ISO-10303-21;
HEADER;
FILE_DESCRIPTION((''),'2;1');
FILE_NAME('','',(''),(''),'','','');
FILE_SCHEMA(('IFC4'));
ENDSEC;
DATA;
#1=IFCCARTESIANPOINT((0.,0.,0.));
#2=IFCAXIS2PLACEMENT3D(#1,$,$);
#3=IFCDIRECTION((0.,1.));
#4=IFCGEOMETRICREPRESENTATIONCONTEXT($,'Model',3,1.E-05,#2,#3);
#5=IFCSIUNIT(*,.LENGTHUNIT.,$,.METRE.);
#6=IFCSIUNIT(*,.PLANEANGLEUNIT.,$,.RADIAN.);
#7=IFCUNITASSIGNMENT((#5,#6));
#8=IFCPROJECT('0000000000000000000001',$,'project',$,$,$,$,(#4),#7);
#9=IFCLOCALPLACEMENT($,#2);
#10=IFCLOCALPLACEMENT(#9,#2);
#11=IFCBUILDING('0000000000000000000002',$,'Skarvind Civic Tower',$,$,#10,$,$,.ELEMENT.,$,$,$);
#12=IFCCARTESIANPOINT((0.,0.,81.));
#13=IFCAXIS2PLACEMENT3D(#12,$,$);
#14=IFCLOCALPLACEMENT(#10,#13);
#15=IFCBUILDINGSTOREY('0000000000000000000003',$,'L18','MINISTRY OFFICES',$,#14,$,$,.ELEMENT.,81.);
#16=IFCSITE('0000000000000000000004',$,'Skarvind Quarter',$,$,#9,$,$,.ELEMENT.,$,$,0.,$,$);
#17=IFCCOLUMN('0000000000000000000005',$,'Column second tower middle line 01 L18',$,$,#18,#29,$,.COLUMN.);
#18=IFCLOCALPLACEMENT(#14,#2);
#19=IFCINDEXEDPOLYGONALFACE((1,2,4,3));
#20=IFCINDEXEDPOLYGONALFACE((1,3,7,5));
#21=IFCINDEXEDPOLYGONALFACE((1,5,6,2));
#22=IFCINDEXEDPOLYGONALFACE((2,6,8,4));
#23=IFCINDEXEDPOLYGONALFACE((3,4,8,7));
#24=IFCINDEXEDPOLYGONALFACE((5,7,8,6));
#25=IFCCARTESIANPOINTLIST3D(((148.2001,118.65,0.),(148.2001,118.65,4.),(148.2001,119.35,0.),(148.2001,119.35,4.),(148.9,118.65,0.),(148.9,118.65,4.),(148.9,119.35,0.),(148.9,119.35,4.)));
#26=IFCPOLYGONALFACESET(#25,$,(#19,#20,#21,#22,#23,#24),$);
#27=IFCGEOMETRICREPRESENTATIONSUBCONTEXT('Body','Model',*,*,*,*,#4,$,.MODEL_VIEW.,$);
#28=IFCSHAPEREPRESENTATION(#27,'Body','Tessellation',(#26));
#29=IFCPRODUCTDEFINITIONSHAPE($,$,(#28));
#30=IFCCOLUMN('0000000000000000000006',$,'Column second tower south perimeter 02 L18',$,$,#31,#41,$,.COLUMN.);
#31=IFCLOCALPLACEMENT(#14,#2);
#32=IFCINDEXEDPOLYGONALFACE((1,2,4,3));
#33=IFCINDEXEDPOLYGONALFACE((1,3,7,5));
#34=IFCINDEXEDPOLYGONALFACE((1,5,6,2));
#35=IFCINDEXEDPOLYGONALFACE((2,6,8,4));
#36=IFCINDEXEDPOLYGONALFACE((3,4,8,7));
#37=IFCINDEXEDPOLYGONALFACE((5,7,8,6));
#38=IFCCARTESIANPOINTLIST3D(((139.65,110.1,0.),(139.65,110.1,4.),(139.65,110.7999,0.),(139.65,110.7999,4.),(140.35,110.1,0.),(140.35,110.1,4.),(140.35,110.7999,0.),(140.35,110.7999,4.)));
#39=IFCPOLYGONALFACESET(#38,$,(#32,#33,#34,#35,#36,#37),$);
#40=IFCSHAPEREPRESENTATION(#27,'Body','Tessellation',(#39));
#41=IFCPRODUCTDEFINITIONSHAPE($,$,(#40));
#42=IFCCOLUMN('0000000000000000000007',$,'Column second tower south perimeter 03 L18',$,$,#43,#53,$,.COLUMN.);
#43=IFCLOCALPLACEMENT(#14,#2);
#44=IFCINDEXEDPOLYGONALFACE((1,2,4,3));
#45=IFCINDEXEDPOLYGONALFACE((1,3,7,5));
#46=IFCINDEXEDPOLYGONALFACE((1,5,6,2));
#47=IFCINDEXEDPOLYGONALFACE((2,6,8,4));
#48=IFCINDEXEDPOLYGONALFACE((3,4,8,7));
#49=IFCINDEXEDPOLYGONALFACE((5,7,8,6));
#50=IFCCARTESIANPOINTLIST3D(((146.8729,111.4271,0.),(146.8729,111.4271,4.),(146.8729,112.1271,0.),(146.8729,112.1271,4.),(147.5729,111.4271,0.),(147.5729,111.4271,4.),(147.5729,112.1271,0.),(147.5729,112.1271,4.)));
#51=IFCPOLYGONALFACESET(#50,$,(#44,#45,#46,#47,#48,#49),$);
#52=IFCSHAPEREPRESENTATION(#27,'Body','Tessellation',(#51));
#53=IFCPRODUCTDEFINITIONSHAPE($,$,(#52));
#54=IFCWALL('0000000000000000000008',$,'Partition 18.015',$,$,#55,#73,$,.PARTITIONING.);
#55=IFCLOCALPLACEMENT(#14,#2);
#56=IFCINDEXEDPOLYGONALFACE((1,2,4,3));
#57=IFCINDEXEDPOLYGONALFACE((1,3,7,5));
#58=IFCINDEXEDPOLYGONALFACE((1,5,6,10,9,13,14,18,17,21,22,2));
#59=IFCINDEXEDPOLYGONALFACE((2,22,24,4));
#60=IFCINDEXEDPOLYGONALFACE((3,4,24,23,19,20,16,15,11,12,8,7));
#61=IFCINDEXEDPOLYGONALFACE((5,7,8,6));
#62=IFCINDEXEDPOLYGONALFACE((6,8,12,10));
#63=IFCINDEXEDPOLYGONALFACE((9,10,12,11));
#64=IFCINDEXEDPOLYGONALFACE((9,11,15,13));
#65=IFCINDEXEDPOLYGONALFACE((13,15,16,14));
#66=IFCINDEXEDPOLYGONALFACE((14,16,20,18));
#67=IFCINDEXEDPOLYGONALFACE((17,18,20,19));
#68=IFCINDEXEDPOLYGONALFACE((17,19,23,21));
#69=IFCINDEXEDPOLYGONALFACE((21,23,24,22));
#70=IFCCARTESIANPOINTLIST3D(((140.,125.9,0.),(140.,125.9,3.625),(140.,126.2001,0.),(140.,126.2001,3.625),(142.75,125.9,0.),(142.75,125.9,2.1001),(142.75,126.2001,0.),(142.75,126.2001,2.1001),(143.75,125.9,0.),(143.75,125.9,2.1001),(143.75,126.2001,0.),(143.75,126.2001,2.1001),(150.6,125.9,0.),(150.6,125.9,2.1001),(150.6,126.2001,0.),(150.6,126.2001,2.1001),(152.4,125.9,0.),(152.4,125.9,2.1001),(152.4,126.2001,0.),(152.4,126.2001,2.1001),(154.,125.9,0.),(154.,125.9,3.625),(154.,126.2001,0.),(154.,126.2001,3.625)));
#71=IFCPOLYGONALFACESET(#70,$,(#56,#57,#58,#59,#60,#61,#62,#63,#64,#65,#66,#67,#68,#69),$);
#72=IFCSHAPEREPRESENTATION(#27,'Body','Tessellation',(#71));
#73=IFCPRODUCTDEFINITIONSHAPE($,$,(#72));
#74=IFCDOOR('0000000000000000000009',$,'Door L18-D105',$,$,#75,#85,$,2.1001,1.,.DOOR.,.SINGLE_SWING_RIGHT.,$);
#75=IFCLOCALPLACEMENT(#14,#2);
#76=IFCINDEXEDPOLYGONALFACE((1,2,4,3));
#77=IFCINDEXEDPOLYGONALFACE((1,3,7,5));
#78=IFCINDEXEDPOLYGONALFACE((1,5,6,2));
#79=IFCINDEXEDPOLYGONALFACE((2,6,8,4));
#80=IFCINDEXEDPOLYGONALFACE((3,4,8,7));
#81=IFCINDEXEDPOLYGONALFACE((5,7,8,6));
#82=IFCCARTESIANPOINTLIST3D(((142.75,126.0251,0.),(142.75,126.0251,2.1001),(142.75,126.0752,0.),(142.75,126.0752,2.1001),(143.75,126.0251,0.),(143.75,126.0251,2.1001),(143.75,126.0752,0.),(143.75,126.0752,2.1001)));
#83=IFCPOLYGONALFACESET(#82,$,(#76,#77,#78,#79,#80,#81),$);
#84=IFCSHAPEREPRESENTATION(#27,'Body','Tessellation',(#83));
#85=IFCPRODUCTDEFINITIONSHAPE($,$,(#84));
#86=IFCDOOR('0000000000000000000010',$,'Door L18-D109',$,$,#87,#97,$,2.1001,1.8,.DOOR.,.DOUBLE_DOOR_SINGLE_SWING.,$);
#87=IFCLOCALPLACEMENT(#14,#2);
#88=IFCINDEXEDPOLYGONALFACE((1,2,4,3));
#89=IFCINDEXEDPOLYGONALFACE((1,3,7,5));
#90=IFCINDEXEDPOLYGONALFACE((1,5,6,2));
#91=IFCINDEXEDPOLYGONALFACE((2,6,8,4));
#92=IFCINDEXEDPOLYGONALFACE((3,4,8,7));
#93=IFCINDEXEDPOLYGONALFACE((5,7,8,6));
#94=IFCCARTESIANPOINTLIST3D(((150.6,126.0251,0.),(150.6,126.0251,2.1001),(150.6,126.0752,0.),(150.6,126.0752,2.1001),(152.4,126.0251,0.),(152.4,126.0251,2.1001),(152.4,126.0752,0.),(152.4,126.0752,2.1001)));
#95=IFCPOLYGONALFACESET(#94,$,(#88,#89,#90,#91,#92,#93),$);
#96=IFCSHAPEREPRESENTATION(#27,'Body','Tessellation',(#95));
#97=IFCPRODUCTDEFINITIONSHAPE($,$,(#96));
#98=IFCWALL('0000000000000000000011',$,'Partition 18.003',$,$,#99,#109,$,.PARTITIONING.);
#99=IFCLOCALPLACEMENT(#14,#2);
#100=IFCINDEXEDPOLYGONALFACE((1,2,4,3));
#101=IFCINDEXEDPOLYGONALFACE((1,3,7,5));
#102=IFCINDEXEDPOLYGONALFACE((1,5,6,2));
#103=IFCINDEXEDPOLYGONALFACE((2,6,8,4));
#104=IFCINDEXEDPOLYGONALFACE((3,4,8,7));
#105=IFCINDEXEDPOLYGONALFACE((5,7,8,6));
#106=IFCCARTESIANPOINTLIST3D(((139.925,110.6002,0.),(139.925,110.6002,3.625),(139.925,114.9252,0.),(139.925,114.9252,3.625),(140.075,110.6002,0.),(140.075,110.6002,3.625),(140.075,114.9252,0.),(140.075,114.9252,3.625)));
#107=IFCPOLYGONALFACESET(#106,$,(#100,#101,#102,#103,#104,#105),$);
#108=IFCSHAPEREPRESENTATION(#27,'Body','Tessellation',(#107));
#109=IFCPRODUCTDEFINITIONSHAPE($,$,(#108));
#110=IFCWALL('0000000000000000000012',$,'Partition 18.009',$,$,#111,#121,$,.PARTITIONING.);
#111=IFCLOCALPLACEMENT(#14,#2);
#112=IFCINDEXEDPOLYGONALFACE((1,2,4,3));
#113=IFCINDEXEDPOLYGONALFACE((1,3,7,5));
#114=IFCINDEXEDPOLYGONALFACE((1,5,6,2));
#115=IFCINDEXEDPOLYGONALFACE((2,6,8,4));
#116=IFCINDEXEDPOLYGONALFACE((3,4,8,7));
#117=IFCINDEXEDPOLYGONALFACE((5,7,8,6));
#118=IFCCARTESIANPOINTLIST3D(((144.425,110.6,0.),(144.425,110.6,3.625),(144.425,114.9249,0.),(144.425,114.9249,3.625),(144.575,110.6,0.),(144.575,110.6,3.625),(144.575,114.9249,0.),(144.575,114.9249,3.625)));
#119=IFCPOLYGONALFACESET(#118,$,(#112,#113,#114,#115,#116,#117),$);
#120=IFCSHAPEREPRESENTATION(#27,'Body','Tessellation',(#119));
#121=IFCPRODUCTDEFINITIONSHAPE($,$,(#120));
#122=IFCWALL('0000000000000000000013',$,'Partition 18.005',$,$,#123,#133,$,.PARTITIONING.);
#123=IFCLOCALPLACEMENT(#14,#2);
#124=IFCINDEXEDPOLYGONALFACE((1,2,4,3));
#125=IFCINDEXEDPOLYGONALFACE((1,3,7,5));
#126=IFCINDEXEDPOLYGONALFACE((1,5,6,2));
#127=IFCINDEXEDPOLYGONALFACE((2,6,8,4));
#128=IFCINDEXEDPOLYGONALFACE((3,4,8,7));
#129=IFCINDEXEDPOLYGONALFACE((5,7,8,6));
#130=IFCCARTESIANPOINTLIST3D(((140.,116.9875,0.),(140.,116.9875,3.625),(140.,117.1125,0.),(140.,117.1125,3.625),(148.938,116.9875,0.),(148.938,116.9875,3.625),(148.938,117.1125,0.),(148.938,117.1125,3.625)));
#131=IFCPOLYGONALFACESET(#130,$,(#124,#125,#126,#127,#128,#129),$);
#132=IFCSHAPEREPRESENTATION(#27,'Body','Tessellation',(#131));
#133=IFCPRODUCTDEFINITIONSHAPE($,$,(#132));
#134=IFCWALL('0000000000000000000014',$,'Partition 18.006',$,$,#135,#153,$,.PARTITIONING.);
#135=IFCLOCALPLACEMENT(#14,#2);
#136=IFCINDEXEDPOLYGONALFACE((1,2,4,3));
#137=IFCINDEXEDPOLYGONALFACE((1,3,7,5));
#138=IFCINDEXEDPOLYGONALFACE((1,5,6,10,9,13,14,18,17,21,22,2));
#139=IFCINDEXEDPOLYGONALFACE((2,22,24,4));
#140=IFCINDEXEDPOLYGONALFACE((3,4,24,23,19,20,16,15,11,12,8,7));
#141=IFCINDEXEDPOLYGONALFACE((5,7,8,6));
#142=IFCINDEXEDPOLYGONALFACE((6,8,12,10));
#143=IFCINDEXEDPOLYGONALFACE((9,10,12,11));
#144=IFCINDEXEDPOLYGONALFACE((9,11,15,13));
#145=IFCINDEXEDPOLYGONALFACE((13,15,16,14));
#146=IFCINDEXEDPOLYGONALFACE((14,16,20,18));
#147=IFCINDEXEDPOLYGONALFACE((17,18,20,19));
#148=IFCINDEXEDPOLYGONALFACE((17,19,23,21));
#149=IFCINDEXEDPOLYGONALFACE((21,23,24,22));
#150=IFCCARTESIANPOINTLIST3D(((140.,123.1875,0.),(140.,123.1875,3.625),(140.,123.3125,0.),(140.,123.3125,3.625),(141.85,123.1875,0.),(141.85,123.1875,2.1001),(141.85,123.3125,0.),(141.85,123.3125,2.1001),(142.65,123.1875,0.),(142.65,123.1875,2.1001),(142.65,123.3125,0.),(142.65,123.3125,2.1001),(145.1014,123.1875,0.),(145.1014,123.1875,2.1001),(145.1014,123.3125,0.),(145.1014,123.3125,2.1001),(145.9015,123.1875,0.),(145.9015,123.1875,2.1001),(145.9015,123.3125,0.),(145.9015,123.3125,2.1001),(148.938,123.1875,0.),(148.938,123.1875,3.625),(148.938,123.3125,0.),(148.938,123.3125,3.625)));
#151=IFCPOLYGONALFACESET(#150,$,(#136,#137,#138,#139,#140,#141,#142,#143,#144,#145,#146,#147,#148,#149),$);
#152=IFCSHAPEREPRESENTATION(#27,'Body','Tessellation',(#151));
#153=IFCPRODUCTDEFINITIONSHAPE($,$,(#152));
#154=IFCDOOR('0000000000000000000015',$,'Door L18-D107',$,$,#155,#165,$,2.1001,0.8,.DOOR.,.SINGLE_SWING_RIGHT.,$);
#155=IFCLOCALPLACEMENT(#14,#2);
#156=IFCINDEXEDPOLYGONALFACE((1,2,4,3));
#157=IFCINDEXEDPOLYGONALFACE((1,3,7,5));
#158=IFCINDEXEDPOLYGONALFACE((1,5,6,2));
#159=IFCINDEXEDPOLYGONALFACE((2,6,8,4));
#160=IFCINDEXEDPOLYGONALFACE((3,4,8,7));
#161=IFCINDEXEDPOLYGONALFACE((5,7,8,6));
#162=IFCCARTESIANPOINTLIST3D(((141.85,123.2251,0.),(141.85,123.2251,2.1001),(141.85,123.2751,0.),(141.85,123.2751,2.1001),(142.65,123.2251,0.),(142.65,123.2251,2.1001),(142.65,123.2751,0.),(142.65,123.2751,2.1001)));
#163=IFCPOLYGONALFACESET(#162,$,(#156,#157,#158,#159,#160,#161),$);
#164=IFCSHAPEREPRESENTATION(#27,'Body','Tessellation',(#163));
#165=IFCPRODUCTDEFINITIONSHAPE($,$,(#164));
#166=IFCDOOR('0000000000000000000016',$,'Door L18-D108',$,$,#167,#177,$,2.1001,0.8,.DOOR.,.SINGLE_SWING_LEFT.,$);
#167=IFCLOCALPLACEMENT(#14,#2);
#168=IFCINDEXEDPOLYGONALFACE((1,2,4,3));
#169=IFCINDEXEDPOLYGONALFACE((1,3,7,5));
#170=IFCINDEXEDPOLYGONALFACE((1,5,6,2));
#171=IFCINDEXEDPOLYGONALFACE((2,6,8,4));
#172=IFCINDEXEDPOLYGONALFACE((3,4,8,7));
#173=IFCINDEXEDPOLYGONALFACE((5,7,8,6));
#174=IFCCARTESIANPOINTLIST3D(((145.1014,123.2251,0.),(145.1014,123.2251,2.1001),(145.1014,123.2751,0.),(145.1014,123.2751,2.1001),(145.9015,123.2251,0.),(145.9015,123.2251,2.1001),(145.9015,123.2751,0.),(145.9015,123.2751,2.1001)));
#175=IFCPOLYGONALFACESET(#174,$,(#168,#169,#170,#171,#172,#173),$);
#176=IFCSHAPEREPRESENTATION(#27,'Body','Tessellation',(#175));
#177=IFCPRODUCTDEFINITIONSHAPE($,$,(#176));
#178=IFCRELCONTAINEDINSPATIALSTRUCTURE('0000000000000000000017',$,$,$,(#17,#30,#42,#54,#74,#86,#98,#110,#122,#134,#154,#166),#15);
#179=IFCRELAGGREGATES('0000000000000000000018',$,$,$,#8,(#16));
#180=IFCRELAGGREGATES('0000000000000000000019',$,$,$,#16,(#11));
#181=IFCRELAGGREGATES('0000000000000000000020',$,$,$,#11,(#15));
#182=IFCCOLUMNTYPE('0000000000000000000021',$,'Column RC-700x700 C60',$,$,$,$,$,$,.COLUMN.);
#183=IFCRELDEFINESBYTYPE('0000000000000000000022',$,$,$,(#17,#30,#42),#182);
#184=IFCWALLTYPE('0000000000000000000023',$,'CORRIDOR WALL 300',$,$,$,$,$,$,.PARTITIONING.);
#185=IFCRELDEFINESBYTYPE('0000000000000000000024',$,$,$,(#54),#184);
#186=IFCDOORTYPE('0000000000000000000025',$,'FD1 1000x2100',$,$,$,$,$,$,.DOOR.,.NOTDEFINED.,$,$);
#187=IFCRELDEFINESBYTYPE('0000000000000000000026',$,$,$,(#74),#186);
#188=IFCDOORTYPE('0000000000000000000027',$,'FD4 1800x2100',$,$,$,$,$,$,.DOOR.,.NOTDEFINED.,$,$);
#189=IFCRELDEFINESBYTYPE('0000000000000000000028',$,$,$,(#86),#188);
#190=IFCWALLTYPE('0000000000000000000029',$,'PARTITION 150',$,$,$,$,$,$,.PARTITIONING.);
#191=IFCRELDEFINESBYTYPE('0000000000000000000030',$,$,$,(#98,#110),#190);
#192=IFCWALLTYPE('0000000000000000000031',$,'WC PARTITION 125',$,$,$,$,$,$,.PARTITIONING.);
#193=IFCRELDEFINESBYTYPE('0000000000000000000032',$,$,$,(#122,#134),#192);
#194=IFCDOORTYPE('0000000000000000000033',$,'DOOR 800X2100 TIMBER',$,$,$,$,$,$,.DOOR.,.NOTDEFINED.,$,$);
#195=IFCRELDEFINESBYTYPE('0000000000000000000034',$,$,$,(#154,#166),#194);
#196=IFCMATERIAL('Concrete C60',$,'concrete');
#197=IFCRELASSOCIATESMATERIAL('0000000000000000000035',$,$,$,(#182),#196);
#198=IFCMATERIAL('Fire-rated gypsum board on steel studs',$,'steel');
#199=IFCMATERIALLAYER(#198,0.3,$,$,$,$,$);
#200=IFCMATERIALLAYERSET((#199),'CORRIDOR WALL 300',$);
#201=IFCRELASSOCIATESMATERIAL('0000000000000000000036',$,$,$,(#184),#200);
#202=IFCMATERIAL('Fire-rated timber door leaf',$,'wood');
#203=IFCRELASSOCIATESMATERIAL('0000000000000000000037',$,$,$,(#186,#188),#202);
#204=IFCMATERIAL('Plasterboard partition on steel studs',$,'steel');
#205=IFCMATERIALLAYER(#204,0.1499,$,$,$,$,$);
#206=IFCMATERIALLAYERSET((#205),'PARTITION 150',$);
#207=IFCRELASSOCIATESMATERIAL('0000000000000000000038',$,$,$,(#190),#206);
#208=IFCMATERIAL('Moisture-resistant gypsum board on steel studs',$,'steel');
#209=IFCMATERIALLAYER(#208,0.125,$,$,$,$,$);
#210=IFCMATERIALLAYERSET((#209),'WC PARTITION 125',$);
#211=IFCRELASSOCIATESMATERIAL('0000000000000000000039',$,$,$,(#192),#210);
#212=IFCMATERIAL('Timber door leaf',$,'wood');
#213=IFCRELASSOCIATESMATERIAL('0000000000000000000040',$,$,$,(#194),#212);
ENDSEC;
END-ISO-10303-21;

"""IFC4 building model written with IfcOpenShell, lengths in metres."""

from ifc_helpers import new_model, si_unit, direction, frame, frame_2d, origin, origin_2d, place, context, subcontext, project, spatial, rectangle, extrude, material, layer, layer_set, material_profile, profile_set, type_object, element, fill, save


model = new_model("IFC4")

# Units and contexts
model_context = context("Model", 3, precision=1e-05, world=origin(), true_north=direction((0.0, 1.0)))
body_context = subcontext(model_context, "Body", "Model", "MODEL_VIEW")
ifc_project = project(units=[si_unit("LENGTHUNIT", "METRE"), si_unit("PLANEANGLEUNIT", "RADIAN")], contexts=[model_context])

# Site, building, storey
site_placement = place(None, origin())
site = spatial("IfcSite", under=ifc_project, at=site_placement, Name="Skarvind Quarter", CompositionType="ELEMENT", RefElevation=0.0)
building_placement = place(site_placement, origin())
building = spatial("IfcBuilding", under=site, at=building_placement, Name="Skarvind Civic Tower", CompositionType="ELEMENT")
storey_placement = place(building_placement, frame((0.0, 0.0, 81.0)))
storey = spatial("IfcBuildingStorey", under=building, at=storey_placement, Name="L18", Description="MINISTRY OFFICES", CompositionType="ELEMENT", Elevation=81.0)

# Columns
ifc_material_1 = material(Name="Concrete C60", Category="concrete")
ifc_material_profile = material_profile(ifc_material_1, rectangle(XDim=0.7, YDim=0.7, at=origin_2d()), Name="RC-700x700")
ifc_profile_set = profile_set([ifc_material_profile], Name="Concrete C60")
column_type = type_object("IfcColumnType", Name="Column RC-700x700 C60", PredefinedType="COLUMN", material=ifc_profile_set)
for number, where, z_axis, x_axis, name in (
    (1, (148.55, 119.0, 0.0), (0.0, 0.0, 1.0), (1.0, 0.0, 0.0), "Column second tower middle line 01 L18"),
    (2, (140.0, 110.45, 0.0), (0.0, 0.0, 1.0), (1.0, 0.0, 0.0), "Column second tower south perimeter 02 L18"),
    (3, (147.2229, 111.7771, 0.0), (0.0, 0.0, 1.0), (1.0, 0.0, 0.0), "Column second tower south perimeter 03 L18"),
):
    element("IfcColumn", number, at=place(storey_placement, frame(where, z_axis=z_axis, x_axis=x_axis)), inside=storey, type_object=column_type, Name=name, PredefinedType="COLUMN", context=body_context, shape_type="SweptSolid", body=[
        extrude(rectangle(XDim=0.7, YDim=0.7, at=origin_2d()), origin(), (0.0, 0.0, 1.0), 4.0),
    ])

# Wall, openings, doors
ifc_material_2 = material(Name="Fire-rated gypsum board on steel studs", Category="steel")
ifc_layer_1 = layer(ifc_material_2, 0.3)
ifc_layer_set_1 = layer_set([ifc_layer_1], Name="CORRIDOR WALL 300")
wall_type_1 = type_object("IfcWallType", Name="CORRIDOR WALL 300", PredefinedType="PARTITIONING", material=ifc_layer_set_1)
wall_1_placement = place(storey_placement, frame((154.0, 126.05, 0.0), z_axis=(0.0, 0.0, 1.0), x_axis=(-1.0, 0.0, 0.0)))
wall_1 = element("IfcWall", 4, at=wall_1_placement, inside=storey, type_object=wall_type_1, Name="Partition 18.015", PredefinedType="PARTITIONING", context=body_context, shape_type="SweptSolid", body=[
    extrude(rectangle(XDim=14.0, YDim=0.3, at=frame_2d((7.0, 0.0))), origin(), (0.0, 0.0, 1.0), 3.625),
])
opening_1_placement = place(wall_1_placement, frame((10.25, 0.0, 0.0)))
opening_1 = element("IfcOpeningElement", 5, at=opening_1_placement, cuts=wall_1, PredefinedType="OPENING", context=body_context, shape_type="SweptSolid", body=[
    extrude(rectangle(XDim=1.0, YDim=2.1001, at=frame_2d((0.5, 1.05))), frame((0.0, 0.1599, 0.0), z_axis=(0.0, -1.0, 0.0), x_axis=(1.0, 0.0, 0.0)), (0.0, 0.0, 1.0), 0.3201),
])
opening_2_placement = place(wall_1_placement, frame((1.6001, 0.0, 0.0)))
opening_2 = element("IfcOpeningElement", 6, at=opening_2_placement, cuts=wall_1, PredefinedType="OPENING", context=body_context, shape_type="SweptSolid", body=[
    extrude(rectangle(XDim=1.8, YDim=2.1001, at=frame_2d((0.8999, 1.05))), frame((0.0, 0.1599, 0.0), z_axis=(0.0, -1.0, 0.0), x_axis=(1.0, 0.0, 0.0)), (0.0, 0.0, 1.0), 0.3201),
])
ifc_material_3 = material(Name="Fire-rated timber door leaf", Category="wood")
door_type_1 = type_object("IfcDoorType", Name="FD1 1000x2100", OperationType="NOTDEFINED", PredefinedType="DOOR", material=ifc_material_3)
door_1_placement = place(opening_1_placement, origin())
door_1 = element("IfcDoor", 7, at=door_1_placement, inside=storey, type_object=door_type_1, Name="Door L18-D105", OperationType="SINGLE_SWING_RIGHT", OverallHeight=2.1001, OverallWidth=1.0, PredefinedType="DOOR", context=body_context, shape_type="SweptSolid", body=[
    extrude(rectangle(XDim=1.0, YDim=2.1001, at=frame_2d((0.5, 1.05))), frame((0.0, 0.0249, 0.0), z_axis=(0.0, -1.0, 0.0), x_axis=(1.0, 0.0, 0.0)), (0.0, 0.0, 1.0), 0.05),
])
fill(opening_1, door_1)
door_type_2 = type_object("IfcDoorType", Name="FD4 1800x2100", OperationType="NOTDEFINED", PredefinedType="DOOR", material=ifc_material_3)
door_2_placement = place(opening_2_placement, origin())
door_2 = element("IfcDoor", 8, at=door_2_placement, inside=storey, type_object=door_type_2, Name="Door L18-D109", OperationType="DOUBLE_DOOR_SINGLE_SWING", OverallHeight=2.1001, OverallWidth=1.8, PredefinedType="DOOR", context=body_context, shape_type="SweptSolid", body=[
    extrude(rectangle(XDim=1.8, YDim=2.1001, at=frame_2d((0.8999, 1.05))), frame((0.0, 0.0249, 0.0), z_axis=(0.0, -1.0, 0.0), x_axis=(1.0, 0.0, 0.0)), (0.0, 0.0, 1.0), 0.05),
])
fill(opening_2, door_2)

# Walls
ifc_material_4 = material(Name="Plasterboard partition on steel studs", Category="steel")
ifc_layer_2 = layer(ifc_material_4, 0.1499)
ifc_layer_set_2 = layer_set([ifc_layer_2], Name="PARTITION 150")
wall_type_2 = type_object("IfcWallType", Name="PARTITION 150", PredefinedType="PARTITIONING", material=ifc_layer_set_2)
for number, where, z_axis, x_axis, name in (
    (9, (140.0, 110.6001, 0.0), (0.0, 0.0, 1.0), (0.0, 1.0, 0.0), "Partition 18.003"),
    (10, (144.5, 114.925, 0.0), (0.0, 0.0, 1.0), (0.0, -1.0, 0.0), "Partition 18.009"),
):
    element("IfcWall", number, at=place(storey_placement, frame(where, z_axis=z_axis, x_axis=x_axis)), inside=storey, type_object=wall_type_2, Name=name, PredefinedType="PARTITIONING", context=body_context, shape_type="SweptSolid", body=[
        extrude(rectangle(XDim=4.325, YDim=0.1499, at=frame_2d((2.1626, 0.0))), origin(), (0.0, 0.0, 1.0), 3.625),
    ])
ifc_material_5 = material(Name="Moisture-resistant gypsum board on steel studs", Category="steel")
ifc_layer_3 = layer(ifc_material_5, 0.125)
ifc_layer_set_3 = layer_set([ifc_layer_3], Name="WC PARTITION 125")
wall_type_3 = type_object("IfcWallType", Name="WC PARTITION 125", PredefinedType="PARTITIONING", material=ifc_layer_set_3)
wall_2_placement = place(storey_placement, frame((140.0, 117.05, 0.0), z_axis=(0.0, 0.0, 1.0), x_axis=(1.0, 0.0, 0.0)))
element("IfcWall", 11, at=wall_2_placement, inside=storey, type_object=wall_type_3, Name="Partition 18.005", PredefinedType="PARTITIONING", context=body_context, shape_type="SweptSolid", body=[
    extrude(rectangle(XDim=8.938, YDim=0.125, at=frame_2d((4.469, 0.0))), origin(), (0.0, 0.0, 1.0), 3.625),
])

# Wall, openings, doors
wall_3_placement = place(storey_placement, frame((148.938, 123.25, 0.0), z_axis=(0.0, 0.0, 1.0), x_axis=(-1.0, 0.0, 0.0)))
wall_3 = element("IfcWall", 12, at=wall_3_placement, inside=storey, type_object=wall_type_3, Name="Partition 18.006", PredefinedType="PARTITIONING", context=body_context, shape_type="SweptSolid", body=[
    extrude(rectangle(XDim=8.938, YDim=0.125, at=frame_2d((4.469, 0.0))), origin(), (0.0, 0.0, 1.0), 3.625),
])
opening_3_placement = place(wall_3_placement, frame((6.2881, 0.0, 0.0)))
opening_3 = element("IfcOpeningElement", 13, at=opening_3_placement, cuts=wall_3, PredefinedType="OPENING", context=body_context, shape_type="SweptSolid", body=[
    extrude(rectangle(XDim=0.8, YDim=2.1001, at=frame_2d((0.3999, 1.05))), frame((0.0, 0.0725, 0.0), z_axis=(0.0, -1.0, 0.0), x_axis=(1.0, 0.0, 0.0)), (0.0, 0.0, 1.0), 0.145),
])
opening_4_placement = place(wall_3_placement, frame((3.0366, 0.0, 0.0)))
opening_4 = element("IfcOpeningElement", 14, at=opening_4_placement, cuts=wall_3, PredefinedType="OPENING", context=body_context, shape_type="SweptSolid", body=[
    extrude(rectangle(XDim=0.8, YDim=2.1001, at=frame_2d((0.3999, 1.05))), frame((0.0, 0.0725, 0.0), z_axis=(0.0, -1.0, 0.0), x_axis=(1.0, 0.0, 0.0)), (0.0, 0.0, 1.0), 0.145),
])
ifc_material_6 = material(Name="Timber door leaf", Category="wood")
door_type_3 = type_object("IfcDoorType", Name="DOOR 800X2100 TIMBER", OperationType="NOTDEFINED", PredefinedType="DOOR", material=ifc_material_6)
door_3_placement = place(opening_3_placement, origin())
door_3 = element("IfcDoor", 15, at=door_3_placement, inside=storey, type_object=door_type_3, Name="Door L18-D107", OperationType="SINGLE_SWING_RIGHT", OverallHeight=2.1001, OverallWidth=0.8, PredefinedType="DOOR", context=body_context, shape_type="SweptSolid", body=[
    extrude(rectangle(XDim=0.8, YDim=2.1001, at=frame_2d((0.3999, 1.05))), frame((0.0, 0.0249, 0.0), z_axis=(0.0, -1.0, 0.0), x_axis=(1.0, 0.0, 0.0)), (0.0, 0.0, 1.0), 0.05),
])
fill(opening_3, door_3)
door_4_placement = place(opening_4_placement, origin())
door_4 = element("IfcDoor", 16, at=door_4_placement, inside=storey, type_object=door_type_3, Name="Door L18-D108", OperationType="SINGLE_SWING_LEFT", OverallHeight=2.1001, OverallWidth=0.8, PredefinedType="DOOR", context=body_context, shape_type="SweptSolid", body=[
    extrude(rectangle(XDim=0.8, YDim=2.1001, at=frame_2d((0.3999, 1.05))), frame((0.0, 0.0249, 0.0), z_axis=(0.0, -1.0, 0.0), x_axis=(1.0, 0.0, 0.0)), (0.0, 0.0, 1.0), 0.05),
])
fill(opening_4, door_4)

save(model, "model.ifc")
